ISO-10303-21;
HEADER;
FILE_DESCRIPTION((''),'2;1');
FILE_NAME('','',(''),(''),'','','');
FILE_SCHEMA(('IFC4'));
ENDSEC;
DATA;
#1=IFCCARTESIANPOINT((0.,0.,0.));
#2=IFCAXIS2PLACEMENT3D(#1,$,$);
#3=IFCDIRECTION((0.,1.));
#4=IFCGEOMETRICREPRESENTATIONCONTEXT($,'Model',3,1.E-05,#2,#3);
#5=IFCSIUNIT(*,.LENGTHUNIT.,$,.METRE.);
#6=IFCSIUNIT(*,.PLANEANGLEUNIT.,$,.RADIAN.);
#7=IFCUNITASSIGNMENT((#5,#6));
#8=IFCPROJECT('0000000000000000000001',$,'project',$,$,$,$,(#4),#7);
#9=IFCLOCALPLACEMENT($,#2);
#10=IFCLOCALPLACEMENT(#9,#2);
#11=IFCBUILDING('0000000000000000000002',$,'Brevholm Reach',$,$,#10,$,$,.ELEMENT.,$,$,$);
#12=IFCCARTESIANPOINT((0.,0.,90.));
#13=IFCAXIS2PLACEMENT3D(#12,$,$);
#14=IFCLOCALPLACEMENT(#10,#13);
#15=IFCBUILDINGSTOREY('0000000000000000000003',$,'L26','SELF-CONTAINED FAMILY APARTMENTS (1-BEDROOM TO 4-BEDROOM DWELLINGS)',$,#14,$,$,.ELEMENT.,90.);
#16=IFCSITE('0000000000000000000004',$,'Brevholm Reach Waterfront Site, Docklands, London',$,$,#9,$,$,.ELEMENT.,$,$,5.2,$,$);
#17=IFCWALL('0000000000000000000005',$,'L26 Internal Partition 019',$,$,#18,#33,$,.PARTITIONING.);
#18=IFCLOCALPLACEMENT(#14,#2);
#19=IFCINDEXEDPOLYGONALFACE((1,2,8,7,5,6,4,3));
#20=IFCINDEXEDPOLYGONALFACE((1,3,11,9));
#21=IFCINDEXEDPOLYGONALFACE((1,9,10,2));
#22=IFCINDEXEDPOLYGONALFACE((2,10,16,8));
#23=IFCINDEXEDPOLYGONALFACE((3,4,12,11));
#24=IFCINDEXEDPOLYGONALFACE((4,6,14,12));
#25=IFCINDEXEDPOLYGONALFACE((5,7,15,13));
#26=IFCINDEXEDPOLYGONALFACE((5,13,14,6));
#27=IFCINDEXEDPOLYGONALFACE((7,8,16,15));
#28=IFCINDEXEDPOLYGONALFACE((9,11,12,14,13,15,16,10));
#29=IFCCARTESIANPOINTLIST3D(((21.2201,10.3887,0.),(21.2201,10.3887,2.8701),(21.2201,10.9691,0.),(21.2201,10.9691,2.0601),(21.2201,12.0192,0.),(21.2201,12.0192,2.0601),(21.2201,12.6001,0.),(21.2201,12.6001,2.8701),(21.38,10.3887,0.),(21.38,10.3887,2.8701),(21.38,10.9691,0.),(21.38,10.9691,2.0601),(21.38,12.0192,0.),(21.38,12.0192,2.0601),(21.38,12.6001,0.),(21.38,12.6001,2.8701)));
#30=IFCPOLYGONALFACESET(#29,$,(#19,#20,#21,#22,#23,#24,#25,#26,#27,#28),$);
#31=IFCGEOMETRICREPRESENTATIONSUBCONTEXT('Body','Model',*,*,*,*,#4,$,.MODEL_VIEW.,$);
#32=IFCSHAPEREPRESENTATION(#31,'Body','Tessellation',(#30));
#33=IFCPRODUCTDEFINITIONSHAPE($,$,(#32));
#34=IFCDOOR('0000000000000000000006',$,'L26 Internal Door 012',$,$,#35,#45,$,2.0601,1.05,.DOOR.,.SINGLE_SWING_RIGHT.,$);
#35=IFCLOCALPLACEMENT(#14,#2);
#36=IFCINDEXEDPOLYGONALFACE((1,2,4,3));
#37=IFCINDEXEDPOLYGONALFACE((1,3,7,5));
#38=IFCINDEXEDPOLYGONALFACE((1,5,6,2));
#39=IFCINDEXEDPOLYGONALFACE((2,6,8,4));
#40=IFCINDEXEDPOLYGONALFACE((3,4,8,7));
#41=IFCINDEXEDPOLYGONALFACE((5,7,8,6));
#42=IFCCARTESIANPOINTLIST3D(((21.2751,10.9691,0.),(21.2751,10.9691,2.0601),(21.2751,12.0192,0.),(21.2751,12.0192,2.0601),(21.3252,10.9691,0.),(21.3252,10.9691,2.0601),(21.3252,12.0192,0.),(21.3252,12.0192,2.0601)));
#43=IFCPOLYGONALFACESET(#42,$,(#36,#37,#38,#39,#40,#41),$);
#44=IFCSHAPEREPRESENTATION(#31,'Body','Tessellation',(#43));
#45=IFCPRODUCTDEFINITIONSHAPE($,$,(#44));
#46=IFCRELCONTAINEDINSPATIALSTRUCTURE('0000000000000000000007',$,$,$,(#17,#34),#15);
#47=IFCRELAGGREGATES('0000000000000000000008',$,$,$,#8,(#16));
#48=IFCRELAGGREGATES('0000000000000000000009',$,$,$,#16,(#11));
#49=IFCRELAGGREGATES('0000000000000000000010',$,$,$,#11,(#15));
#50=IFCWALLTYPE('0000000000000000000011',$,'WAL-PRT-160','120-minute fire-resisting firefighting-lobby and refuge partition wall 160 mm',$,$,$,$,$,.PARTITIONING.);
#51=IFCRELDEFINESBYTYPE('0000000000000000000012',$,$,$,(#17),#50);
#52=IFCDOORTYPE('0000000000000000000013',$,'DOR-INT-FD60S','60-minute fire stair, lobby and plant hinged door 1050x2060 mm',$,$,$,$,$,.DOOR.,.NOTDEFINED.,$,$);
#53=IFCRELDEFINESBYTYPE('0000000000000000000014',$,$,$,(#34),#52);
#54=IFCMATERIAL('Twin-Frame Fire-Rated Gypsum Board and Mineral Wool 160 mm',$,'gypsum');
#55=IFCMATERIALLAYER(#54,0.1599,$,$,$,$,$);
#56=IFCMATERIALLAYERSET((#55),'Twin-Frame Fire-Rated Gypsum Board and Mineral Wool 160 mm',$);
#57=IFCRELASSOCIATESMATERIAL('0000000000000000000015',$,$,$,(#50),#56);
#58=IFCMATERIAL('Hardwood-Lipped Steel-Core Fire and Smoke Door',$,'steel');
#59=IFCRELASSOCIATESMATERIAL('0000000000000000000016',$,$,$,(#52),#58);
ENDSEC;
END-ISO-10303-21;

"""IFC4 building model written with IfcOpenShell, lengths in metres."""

from ifc_helpers import new_model, si_unit, direction, frame, frame_2d, origin, place, context, subcontext, project, spatial, rectangle, extrude, material, layer, layer_set, type_object, element, fill, save


model = new_model("IFC4")

# Units and contexts
model_context = context("Model", 3, precision=1e-05, world=origin(), true_north=direction((0.0, 1.0)))
body_context = subcontext(model_context, "Body", "Model", "MODEL_VIEW")
ifc_project = project(units=[si_unit("LENGTHUNIT", "METRE"), si_unit("PLANEANGLEUNIT", "RADIAN")], contexts=[model_context])

# Site, building, storey
site_placement = place(None, origin())
site = spatial("IfcSite", under=ifc_project, at=site_placement, Name="Brevholm Reach Waterfront Site, Docklands, London", CompositionType="ELEMENT", RefElevation=5.2)
building_placement = place(site_placement, origin())
building = spatial("IfcBuilding", under=site, at=building_placement, Name="Brevholm Reach", CompositionType="ELEMENT")
storey_placement = place(building_placement, frame((0.0, 0.0, 90.0)))
storey = spatial("IfcBuildingStorey", under=building, at=storey_placement, Name="L26", Description="SELF-CONTAINED FAMILY APARTMENTS (1-BEDROOM TO 4-BEDROOM DWELLINGS)", CompositionType="ELEMENT", Elevation=90.0)

# Wall, opening, door
ifc_material_1 = material(Name="Twin-Frame Fire-Rated Gypsum Board and Mineral Wool 160 mm", Category="gypsum")
ifc_layer_1 = layer(ifc_material_1, 0.1599)
ifc_layer_set_1 = layer_set([ifc_layer_1], Name="Twin-Frame Fire-Rated Gypsum Board and Mineral Wool 160 mm")
wall_type_1 = type_object("IfcWallType", Name="WAL-PRT-160", Description="120-minute fire-resisting firefighting-lobby and refuge partition wall 160 mm", PredefinedType="PARTITIONING", material=ifc_layer_set_1)
wall_1_placement = place(storey_placement, frame((21.3, 10.3887, 0.0), z_axis=(0.0, 0.0, 1.0), x_axis=(0.0, 1.0, 0.0)))
wall_1 = element("IfcWall", 1, at=wall_1_placement, inside=storey, type_object=wall_type_1, Name="L26 Internal Partition 019", PredefinedType="PARTITIONING", context=body_context, shape_type="SweptSolid", body=[
    extrude(rectangle(XDim=2.2114, YDim=0.1599, at=frame_2d((1.1057, 0.0))), origin(), (0.0, 0.0, 1.0), 2.8701),
])
opening_1_placement = place(wall_1_placement, frame((0.5806, 0.0, 0.0)))
opening_1 = element("IfcOpeningElement", 2, at=opening_1_placement, cuts=wall_1, PredefinedType="OPENING", context=body_context, shape_type="SweptSolid", body=[
    extrude(rectangle(XDim=1.05, YDim=2.0601, at=frame_2d((0.5249, 1.03))), frame((0.0, 0.0898, 0.0), z_axis=(0.0, -1.0, 0.0), x_axis=(1.0, 0.0, 0.0)), (0.0, 0.0, 1.0), 0.1799),
])
ifc_material_2 = material(Name="Hardwood-Lipped Steel-Core Fire and Smoke Door", Category="steel")
door_type_1 = type_object("IfcDoorType", Name="DOR-INT-FD60S", Description="60-minute fire stair, lobby and plant hinged door 1050x2060 mm", OperationType="NOTDEFINED", PredefinedType="DOOR", material=ifc_material_2)
door_1_placement = place(opening_1_placement, origin())
door_1 = element("IfcDoor", 3, at=door_1_placement, inside=storey, type_object=door_type_1, Name="L26 Internal Door 012", OperationType="SINGLE_SWING_RIGHT", OverallHeight=2.0601, OverallWidth=1.05, PredefinedType="DOOR", context=body_context, shape_type="SweptSolid", body=[
    extrude(rectangle(XDim=1.05, YDim=2.0601, at=frame_2d((0.5249, 1.03))), frame((0.0, 0.0249, 0.0), z_axis=(0.0, -1.0, 0.0), x_axis=(1.0, 0.0, 0.0)), (0.0, 0.0, 1.0), 0.05),
])
fill(opening_1, door_1)

save(model, "model.ifc")
